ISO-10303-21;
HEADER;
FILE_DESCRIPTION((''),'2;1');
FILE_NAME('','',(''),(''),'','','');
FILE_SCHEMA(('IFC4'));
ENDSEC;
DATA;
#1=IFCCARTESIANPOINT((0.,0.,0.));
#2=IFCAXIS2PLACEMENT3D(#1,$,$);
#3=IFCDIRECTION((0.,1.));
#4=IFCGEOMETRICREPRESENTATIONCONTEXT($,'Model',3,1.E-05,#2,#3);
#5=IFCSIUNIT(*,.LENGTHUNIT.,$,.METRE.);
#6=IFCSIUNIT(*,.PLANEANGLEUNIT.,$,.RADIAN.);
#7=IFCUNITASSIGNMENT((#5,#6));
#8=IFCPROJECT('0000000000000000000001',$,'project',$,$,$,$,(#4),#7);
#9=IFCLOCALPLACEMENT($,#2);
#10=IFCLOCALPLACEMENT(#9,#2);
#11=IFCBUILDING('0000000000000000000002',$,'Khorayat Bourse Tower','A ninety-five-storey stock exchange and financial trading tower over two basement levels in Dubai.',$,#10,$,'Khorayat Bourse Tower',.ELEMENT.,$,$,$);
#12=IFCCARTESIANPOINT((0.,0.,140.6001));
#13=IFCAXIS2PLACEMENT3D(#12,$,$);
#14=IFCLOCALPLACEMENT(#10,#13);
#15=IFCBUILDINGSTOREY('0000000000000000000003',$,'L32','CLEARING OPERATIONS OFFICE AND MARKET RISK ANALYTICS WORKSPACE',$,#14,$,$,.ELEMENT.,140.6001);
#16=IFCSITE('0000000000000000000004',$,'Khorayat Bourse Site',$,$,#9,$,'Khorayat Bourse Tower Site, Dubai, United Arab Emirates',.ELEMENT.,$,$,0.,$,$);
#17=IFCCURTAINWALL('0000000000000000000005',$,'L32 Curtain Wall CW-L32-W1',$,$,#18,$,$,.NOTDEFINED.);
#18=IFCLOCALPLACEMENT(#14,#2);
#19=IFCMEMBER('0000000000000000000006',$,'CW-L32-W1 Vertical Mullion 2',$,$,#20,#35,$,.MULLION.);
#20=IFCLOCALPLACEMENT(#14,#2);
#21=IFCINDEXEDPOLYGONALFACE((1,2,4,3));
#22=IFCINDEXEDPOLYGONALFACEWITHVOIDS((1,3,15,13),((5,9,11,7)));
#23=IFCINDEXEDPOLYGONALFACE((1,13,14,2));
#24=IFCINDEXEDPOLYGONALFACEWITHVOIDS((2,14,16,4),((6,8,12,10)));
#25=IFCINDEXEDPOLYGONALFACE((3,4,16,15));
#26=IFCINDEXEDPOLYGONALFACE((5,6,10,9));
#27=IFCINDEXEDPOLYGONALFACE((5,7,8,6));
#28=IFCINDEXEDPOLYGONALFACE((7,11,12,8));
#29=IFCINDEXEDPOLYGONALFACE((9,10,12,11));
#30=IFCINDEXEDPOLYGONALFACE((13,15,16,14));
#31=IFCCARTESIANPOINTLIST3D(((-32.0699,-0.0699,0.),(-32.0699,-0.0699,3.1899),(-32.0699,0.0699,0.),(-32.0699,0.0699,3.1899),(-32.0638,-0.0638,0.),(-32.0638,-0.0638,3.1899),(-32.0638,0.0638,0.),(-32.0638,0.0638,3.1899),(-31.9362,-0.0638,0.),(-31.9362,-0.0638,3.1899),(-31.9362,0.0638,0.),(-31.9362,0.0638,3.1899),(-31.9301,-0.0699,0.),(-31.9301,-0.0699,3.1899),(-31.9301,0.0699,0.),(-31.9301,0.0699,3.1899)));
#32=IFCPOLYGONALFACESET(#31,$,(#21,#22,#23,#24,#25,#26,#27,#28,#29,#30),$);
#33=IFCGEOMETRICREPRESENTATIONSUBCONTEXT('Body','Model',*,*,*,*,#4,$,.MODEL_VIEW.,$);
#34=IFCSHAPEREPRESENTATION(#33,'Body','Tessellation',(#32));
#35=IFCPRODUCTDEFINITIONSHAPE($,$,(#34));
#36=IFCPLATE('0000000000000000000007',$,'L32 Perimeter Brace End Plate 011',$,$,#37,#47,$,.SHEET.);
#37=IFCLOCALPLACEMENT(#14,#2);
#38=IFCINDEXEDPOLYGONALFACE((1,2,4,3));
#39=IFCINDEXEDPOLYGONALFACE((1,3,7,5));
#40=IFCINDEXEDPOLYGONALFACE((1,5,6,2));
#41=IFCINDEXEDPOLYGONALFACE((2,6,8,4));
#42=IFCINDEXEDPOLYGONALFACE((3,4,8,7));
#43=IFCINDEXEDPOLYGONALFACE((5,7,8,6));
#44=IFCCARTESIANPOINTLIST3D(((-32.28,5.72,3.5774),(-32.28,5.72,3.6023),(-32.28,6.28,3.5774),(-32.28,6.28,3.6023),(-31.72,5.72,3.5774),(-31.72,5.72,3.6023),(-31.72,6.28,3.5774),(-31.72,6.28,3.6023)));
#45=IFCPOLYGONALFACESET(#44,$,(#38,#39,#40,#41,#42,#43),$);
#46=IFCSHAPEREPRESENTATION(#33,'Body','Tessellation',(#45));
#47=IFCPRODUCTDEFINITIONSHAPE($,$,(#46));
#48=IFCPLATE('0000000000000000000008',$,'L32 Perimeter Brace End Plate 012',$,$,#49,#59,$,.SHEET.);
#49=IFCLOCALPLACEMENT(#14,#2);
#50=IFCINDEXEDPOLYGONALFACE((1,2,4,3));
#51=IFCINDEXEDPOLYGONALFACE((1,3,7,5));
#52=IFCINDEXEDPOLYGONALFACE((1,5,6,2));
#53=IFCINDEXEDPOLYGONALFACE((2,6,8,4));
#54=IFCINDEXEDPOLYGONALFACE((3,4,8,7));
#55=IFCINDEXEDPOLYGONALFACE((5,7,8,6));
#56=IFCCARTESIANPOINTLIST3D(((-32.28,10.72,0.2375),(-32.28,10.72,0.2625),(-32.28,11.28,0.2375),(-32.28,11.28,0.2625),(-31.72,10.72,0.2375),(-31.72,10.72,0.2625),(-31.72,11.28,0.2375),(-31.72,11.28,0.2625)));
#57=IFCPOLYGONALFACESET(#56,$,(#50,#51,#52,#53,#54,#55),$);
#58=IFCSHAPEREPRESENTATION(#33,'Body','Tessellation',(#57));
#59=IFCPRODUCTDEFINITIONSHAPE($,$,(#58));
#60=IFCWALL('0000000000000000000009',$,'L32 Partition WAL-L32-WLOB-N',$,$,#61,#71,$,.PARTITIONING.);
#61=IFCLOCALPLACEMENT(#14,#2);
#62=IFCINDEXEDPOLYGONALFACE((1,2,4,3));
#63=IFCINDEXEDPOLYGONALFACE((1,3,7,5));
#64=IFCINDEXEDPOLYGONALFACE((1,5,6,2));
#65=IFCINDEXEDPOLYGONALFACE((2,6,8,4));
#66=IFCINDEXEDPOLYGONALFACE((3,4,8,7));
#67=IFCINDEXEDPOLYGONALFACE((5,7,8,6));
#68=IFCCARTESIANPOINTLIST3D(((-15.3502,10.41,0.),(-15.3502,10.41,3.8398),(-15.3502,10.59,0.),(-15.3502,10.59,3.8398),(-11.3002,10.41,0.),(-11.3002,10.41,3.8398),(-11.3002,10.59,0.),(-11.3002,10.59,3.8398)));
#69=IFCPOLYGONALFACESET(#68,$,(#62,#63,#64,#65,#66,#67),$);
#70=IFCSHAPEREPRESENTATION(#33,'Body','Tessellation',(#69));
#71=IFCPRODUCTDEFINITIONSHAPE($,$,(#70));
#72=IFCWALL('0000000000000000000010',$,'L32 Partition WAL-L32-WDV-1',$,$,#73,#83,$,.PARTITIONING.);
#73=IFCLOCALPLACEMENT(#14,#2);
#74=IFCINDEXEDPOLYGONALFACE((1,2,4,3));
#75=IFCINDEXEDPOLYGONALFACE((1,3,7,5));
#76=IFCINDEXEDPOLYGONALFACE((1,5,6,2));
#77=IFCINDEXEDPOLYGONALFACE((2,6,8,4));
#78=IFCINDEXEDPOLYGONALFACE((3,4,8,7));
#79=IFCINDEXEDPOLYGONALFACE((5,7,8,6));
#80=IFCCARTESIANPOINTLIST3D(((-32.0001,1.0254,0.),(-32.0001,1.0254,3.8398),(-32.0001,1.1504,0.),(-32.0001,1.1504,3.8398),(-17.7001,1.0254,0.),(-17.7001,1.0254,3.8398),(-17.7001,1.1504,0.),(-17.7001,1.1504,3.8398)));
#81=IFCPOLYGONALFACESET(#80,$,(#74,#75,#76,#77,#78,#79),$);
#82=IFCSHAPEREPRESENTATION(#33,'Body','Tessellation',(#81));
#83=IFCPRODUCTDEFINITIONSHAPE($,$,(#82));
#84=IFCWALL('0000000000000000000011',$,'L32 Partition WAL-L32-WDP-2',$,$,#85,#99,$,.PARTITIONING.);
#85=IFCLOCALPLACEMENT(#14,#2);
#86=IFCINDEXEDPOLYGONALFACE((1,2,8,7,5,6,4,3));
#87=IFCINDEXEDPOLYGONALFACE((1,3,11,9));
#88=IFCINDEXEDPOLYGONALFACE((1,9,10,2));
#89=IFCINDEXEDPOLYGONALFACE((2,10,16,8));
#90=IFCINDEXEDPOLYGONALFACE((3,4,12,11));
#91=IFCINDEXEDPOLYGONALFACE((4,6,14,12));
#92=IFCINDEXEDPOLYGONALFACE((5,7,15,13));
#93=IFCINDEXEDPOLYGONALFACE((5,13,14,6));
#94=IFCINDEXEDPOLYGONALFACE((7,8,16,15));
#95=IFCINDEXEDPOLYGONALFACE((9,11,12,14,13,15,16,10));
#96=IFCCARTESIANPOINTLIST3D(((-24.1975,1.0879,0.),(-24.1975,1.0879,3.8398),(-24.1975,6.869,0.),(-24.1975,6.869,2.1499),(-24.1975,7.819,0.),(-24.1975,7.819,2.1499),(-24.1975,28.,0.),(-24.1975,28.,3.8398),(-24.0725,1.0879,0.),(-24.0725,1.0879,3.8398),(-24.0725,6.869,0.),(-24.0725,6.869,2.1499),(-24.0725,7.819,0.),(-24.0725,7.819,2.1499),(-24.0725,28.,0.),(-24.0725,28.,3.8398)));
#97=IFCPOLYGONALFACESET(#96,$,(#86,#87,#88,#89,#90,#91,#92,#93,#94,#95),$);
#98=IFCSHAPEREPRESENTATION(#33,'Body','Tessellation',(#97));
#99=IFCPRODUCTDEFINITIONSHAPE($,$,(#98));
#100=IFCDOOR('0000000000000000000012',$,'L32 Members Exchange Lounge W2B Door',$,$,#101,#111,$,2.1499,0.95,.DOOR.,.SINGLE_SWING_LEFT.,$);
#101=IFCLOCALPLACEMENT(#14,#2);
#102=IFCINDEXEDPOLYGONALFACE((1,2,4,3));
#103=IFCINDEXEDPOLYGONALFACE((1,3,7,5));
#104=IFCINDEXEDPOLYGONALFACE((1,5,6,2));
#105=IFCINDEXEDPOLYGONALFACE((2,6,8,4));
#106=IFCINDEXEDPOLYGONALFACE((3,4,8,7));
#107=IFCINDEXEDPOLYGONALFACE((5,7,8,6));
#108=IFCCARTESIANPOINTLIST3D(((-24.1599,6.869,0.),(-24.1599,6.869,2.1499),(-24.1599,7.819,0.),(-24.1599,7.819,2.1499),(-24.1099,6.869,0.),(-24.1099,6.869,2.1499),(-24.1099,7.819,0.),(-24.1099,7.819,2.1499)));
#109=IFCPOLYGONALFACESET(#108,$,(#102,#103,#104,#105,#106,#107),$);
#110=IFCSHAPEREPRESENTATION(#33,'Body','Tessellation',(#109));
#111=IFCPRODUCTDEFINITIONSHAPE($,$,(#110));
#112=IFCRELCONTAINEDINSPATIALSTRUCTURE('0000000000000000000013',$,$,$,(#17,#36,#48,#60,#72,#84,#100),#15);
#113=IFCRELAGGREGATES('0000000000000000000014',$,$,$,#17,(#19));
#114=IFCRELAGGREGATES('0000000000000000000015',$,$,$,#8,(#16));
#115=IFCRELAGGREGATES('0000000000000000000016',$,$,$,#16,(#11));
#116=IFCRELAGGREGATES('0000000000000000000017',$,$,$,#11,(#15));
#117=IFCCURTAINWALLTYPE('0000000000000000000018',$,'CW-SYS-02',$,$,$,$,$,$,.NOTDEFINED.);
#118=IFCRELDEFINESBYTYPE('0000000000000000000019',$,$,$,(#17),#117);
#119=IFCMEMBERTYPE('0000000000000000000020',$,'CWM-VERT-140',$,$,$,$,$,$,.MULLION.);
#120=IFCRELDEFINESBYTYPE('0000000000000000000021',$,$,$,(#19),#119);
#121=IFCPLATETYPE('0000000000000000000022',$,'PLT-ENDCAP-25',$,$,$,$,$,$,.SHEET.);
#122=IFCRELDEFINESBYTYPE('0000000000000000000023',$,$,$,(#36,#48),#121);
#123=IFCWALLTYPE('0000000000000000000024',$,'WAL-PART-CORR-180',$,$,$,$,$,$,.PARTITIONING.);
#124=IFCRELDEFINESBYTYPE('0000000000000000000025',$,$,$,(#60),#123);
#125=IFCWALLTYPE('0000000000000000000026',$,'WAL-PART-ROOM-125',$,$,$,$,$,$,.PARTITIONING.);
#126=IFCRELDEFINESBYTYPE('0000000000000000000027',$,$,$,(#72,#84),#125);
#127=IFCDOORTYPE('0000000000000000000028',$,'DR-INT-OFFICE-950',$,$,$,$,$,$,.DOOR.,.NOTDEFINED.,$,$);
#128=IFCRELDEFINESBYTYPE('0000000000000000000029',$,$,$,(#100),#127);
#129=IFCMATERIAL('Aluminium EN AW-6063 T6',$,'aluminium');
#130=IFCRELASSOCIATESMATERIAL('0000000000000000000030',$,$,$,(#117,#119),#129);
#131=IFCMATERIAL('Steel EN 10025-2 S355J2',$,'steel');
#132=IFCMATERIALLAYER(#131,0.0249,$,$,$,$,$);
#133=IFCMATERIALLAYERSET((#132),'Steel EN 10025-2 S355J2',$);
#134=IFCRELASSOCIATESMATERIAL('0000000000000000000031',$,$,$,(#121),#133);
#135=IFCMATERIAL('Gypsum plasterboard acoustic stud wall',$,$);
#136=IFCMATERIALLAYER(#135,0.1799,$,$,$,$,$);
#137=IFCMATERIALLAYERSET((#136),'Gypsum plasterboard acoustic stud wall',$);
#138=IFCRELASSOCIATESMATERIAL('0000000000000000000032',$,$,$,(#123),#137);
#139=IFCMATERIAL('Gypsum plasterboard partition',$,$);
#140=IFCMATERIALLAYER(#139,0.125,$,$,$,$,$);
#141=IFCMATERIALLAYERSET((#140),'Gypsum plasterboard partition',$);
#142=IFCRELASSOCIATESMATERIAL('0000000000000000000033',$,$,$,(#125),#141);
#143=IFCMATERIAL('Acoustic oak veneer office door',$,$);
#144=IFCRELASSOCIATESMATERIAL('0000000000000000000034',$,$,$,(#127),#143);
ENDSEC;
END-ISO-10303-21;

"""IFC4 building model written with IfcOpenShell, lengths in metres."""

from ifc_helpers import new_model, si_unit, direction, frame, frame_2d, origin, origin_2d, place, context, subcontext, project, spatial, rectangle, hollow_rectangle, extrude, source, transform, mapped, material, layer, layer_set, material_profile, profile_set, type_object, element, fill, aggregate, save


model = new_model("IFC4")

# Units and contexts
model_context = context("Model", 3, precision=1e-05, world=origin(), true_north=direction((0.0, 1.0)))
body_context = subcontext(model_context, "Body", "Model", "MODEL_VIEW")
ifc_project = project(units=[si_unit("LENGTHUNIT", "METRE"), si_unit("PLANEANGLEUNIT", "RADIAN")], contexts=[model_context])

# Site, building, storey
site_placement = place(None, origin())
site = spatial("IfcSite", under=ifc_project, at=site_placement, Name="Khorayat Bourse Site", LongName="Khorayat Bourse Tower Site, Dubai, United Arab Emirates", CompositionType="ELEMENT", RefElevation=0.0)
building_placement = place(site_placement, origin())
building = spatial("IfcBuilding", under=site, at=building_placement, Name="Khorayat Bourse Tower", Description="A ninety-five-storey stock exchange and financial trading tower over two basement levels in Dubai.", LongName="Khorayat Bourse Tower", CompositionType="ELEMENT")
storey_placement = place(building_placement, frame((0.0, 0.0, 140.6001)))
storey = spatial("IfcBuildingStorey", under=building, at=storey_placement, Name="L32", Description="CLEARING OPERATIONS OFFICE AND MARKET RISK ANALYTICS WORKSPACE", CompositionType="ELEMENT", Elevation=140.6001)

# Curtain wall, member
ifc_material_1 = material(Name="Aluminium EN AW-6063 T6", Category="aluminium")
curtain_wall_type = type_object("IfcCurtainWallType", Name="CW-SYS-02", PredefinedType="NOTDEFINED", material=ifc_material_1)
curtain_wall_placement = place(storey_placement, origin())
curtain_wall = element("IfcCurtainWall", 1, at=curtain_wall_placement, inside=storey, type_object=curtain_wall_type, Name="L32 Curtain Wall CW-L32-W1", PredefinedType="NOTDEFINED")
ifc_material_profile_1 = material_profile(ifc_material_1, hollow_rectangle(XDim=0.1399, YDim=0.1399, WallThickness=0.0061, at=origin_2d()), Name="ALU 140x140x6")
ifc_profile_set_1 = profile_set([ifc_material_profile_1], Name="Aluminium EN AW-6063 T6")
member_type_1 = type_object("IfcMemberType", Name="CWM-VERT-140", PredefinedType="MULLION", material=ifc_profile_set_1)
shared_shape_1 = source(origin(), body_context, "Body", "SweptSolid", [
    extrude(hollow_rectangle(XDim=0.1399, YDim=0.1399, WallThickness=0.0061, at=origin_2d()), origin(), (0.0, 0.0, 1.0), 3.1899),
])
member_1_placement = place(storey_placement, frame((-32.0, 0.0, 0.0), z_axis=(0.0, 0.0, 1.0), x_axis=(-1.0, 0.0, 0.0)))
member_1 = element("IfcMember", 2, at=member_1_placement, type_object=member_type_1, Name="CW-L32-W1 Vertical Mullion 2", PredefinedType="MULLION", context=body_context, shape_type="MappedRepresentation", body=[
    mapped(shared_shape_1, transform((0.0, 0.0, 0.0), scale=1.0)),
])
aggregate(curtain_wall, [member_1])

# Plates
ifc_material_2 = material(Name="Steel EN 10025-2 S355J2", Category="steel")
ifc_layer_1 = layer(ifc_material_2, 0.0249)
ifc_layer_set_1 = layer_set([ifc_layer_1], Name="Steel EN 10025-2 S355J2")
plate_type = type_object("IfcPlateType", Name="PLT-ENDCAP-25", PredefinedType="SHEET", material=ifc_layer_set_1)
shared_shape_2 = source(origin(), body_context, "Body", "SweptSolid", [
    extrude(rectangle(XDim=0.5601, YDim=0.5601, at=origin_2d()), origin(), (0.0, 0.0, 1.0), 0.0249),
])
for number, where, z_axis, x_axis, name in (
    (3, (-32.0, 6.0, 3.5774), (0.0, 0.0, 1.0), (1.0, 0.0, 0.0), "L32 Perimeter Brace End Plate 011"),
    (4, (-32.0, 11.0, 0.2375), (0.0, 0.0, 1.0), (1.0, 0.0, 0.0), "L32 Perimeter Brace End Plate 012"),
):
    element("IfcPlate", number, at=place(storey_placement, frame(where, z_axis=z_axis, x_axis=x_axis)), inside=storey, type_object=plate_type, Name=name, PredefinedType="SHEET", context=body_context, shape_type="MappedRepresentation", body=[
        mapped(shared_shape_2, transform((0.0, 0.0, 0.0), scale=1.0)),
    ])

# Walls
ifc_material_3 = material(Name="Gypsum plasterboard acoustic stud wall")
ifc_layer_2 = layer(ifc_material_3, 0.1799)
ifc_layer_set_2 = layer_set([ifc_layer_2], Name="Gypsum plasterboard acoustic stud wall")
wall_type_1 = type_object("IfcWallType", Name="WAL-PART-CORR-180", PredefinedType="PARTITIONING", material=ifc_layer_set_2)
shared_shape_3 = source(origin(), body_context, "Body", "SweptSolid", [
    extrude(rectangle(XDim=4.05, YDim=0.1799, at=frame_2d((2.0249, 0.0))), origin(), (0.0, 0.0, 1.0), 3.8398),
])
wall_1_placement = place(storey_placement, frame((-15.3501, 10.5, 0.0), z_axis=(0.0, 0.0, 1.0), x_axis=(1.0, 0.0, 0.0)))
element("IfcWall", 5, at=wall_1_placement, inside=storey, type_object=wall_type_1, Name="L32 Partition WAL-L32-WLOB-N", PredefinedType="PARTITIONING", context=body_context, shape_type="MappedRepresentation", body=[
    mapped(shared_shape_3, transform((0.0, 0.0, 0.0), scale=1.0)),
])
ifc_material_4 = material(Name="Gypsum plasterboard partition")
ifc_layer_3 = layer(ifc_material_4, 0.125)
ifc_layer_set_3 = layer_set([ifc_layer_3], Name="Gypsum plasterboard partition")
wall_type_2 = type_object("IfcWallType", Name="WAL-PART-ROOM-125", PredefinedType="PARTITIONING", material=ifc_layer_set_3)
shared_shape_4 = source(origin(), body_context, "Body", "SweptSolid", [
    extrude(rectangle(XDim=14.3, YDim=0.125, at=frame_2d((7.1499, 0.0))), origin(), (0.0, 0.0, 1.0), 3.8398),
])
wall_2_placement = place(storey_placement, frame((-32.0, 1.0879, 0.0), z_axis=(0.0, 0.0, 1.0), x_axis=(1.0, 0.0, 0.0)))
element("IfcWall", 6, at=wall_2_placement, inside=storey, type_object=wall_type_2, Name="L32 Partition WAL-L32-WDV-1", PredefinedType="PARTITIONING", context=body_context, shape_type="MappedRepresentation", body=[
    mapped(shared_shape_4, transform((0.0, 0.0, 0.0), scale=1.0)),
])

# Wall, opening, door
shared_shape_5 = source(origin(), body_context, "Body", "SweptSolid", [
    extrude(rectangle(XDim=26.9121, YDim=0.125, at=frame_2d((13.4561, 0.0))), origin(), (0.0, 0.0, 1.0), 3.8398),
])
wall_3_placement = place(storey_placement, frame((-24.135, 1.0879, 0.0), z_axis=(0.0, 0.0, 1.0), x_axis=(0.0, 1.0, 0.0)))
wall_3 = element("IfcWall", 7, at=wall_3_placement, inside=storey, type_object=wall_type_2, Name="L32 Partition WAL-L32-WDP-2", PredefinedType="PARTITIONING", context=body_context, shape_type="MappedRepresentation", body=[
    mapped(shared_shape_5, transform((0.0, 0.0, 0.0), scale=1.0)),
])
shared_shape_6 = source(origin(), body_context, "Body", "SweptSolid", [
    extrude(rectangle(XDim=0.95, YDim=2.1499, at=frame_2d((0.4751, 1.075))), frame((0.0, 0.0725, 0.0), z_axis=(0.0, -1.0, 0.0), x_axis=(1.0, 0.0, 0.0)), (0.0, 0.0, 1.0), 0.145),
])
opening_placement = place(wall_3_placement, frame((5.781, 0.0, 0.0)))
opening = element("IfcOpeningElement", 8, at=opening_placement, cuts=wall_3, PredefinedType="OPENING", context=body_context, shape_type="MappedRepresentation", body=[
    mapped(shared_shape_6, transform((0.0, 0.0, 0.0), scale=1.0)),
])
ifc_material_5 = material(Name="Acoustic oak veneer office door")
door_type = type_object("IfcDoorType", Name="DR-INT-OFFICE-950", OperationType="NOTDEFINED", PredefinedType="DOOR", material=ifc_material_5)
shared_shape_7 = source(origin(), body_context, "Body", "SweptSolid", [
    extrude(rectangle(XDim=0.95, YDim=2.1499, at=frame_2d((0.4751, 1.075))), frame((0.0, 0.0249, 0.0), z_axis=(0.0, -1.0, 0.0), x_axis=(1.0, 0.0, 0.0)), (0.0, 0.0, 1.0), 0.05),
])
door_placement = place(opening_placement, origin())
door = element("IfcDoor", 9, at=door_placement, inside=storey, type_object=door_type, Name="L32 Members Exchange Lounge W2B Door", OperationType="SINGLE_SWING_LEFT", OverallHeight=2.1499, OverallWidth=0.95, PredefinedType="DOOR", context=body_context, shape_type="MappedRepresentation", body=[
    mapped(shared_shape_7, transform((0.0, 0.0, 0.0), scale=1.0)),
])
fill(opening, door)

save(model, "model.ifc")
